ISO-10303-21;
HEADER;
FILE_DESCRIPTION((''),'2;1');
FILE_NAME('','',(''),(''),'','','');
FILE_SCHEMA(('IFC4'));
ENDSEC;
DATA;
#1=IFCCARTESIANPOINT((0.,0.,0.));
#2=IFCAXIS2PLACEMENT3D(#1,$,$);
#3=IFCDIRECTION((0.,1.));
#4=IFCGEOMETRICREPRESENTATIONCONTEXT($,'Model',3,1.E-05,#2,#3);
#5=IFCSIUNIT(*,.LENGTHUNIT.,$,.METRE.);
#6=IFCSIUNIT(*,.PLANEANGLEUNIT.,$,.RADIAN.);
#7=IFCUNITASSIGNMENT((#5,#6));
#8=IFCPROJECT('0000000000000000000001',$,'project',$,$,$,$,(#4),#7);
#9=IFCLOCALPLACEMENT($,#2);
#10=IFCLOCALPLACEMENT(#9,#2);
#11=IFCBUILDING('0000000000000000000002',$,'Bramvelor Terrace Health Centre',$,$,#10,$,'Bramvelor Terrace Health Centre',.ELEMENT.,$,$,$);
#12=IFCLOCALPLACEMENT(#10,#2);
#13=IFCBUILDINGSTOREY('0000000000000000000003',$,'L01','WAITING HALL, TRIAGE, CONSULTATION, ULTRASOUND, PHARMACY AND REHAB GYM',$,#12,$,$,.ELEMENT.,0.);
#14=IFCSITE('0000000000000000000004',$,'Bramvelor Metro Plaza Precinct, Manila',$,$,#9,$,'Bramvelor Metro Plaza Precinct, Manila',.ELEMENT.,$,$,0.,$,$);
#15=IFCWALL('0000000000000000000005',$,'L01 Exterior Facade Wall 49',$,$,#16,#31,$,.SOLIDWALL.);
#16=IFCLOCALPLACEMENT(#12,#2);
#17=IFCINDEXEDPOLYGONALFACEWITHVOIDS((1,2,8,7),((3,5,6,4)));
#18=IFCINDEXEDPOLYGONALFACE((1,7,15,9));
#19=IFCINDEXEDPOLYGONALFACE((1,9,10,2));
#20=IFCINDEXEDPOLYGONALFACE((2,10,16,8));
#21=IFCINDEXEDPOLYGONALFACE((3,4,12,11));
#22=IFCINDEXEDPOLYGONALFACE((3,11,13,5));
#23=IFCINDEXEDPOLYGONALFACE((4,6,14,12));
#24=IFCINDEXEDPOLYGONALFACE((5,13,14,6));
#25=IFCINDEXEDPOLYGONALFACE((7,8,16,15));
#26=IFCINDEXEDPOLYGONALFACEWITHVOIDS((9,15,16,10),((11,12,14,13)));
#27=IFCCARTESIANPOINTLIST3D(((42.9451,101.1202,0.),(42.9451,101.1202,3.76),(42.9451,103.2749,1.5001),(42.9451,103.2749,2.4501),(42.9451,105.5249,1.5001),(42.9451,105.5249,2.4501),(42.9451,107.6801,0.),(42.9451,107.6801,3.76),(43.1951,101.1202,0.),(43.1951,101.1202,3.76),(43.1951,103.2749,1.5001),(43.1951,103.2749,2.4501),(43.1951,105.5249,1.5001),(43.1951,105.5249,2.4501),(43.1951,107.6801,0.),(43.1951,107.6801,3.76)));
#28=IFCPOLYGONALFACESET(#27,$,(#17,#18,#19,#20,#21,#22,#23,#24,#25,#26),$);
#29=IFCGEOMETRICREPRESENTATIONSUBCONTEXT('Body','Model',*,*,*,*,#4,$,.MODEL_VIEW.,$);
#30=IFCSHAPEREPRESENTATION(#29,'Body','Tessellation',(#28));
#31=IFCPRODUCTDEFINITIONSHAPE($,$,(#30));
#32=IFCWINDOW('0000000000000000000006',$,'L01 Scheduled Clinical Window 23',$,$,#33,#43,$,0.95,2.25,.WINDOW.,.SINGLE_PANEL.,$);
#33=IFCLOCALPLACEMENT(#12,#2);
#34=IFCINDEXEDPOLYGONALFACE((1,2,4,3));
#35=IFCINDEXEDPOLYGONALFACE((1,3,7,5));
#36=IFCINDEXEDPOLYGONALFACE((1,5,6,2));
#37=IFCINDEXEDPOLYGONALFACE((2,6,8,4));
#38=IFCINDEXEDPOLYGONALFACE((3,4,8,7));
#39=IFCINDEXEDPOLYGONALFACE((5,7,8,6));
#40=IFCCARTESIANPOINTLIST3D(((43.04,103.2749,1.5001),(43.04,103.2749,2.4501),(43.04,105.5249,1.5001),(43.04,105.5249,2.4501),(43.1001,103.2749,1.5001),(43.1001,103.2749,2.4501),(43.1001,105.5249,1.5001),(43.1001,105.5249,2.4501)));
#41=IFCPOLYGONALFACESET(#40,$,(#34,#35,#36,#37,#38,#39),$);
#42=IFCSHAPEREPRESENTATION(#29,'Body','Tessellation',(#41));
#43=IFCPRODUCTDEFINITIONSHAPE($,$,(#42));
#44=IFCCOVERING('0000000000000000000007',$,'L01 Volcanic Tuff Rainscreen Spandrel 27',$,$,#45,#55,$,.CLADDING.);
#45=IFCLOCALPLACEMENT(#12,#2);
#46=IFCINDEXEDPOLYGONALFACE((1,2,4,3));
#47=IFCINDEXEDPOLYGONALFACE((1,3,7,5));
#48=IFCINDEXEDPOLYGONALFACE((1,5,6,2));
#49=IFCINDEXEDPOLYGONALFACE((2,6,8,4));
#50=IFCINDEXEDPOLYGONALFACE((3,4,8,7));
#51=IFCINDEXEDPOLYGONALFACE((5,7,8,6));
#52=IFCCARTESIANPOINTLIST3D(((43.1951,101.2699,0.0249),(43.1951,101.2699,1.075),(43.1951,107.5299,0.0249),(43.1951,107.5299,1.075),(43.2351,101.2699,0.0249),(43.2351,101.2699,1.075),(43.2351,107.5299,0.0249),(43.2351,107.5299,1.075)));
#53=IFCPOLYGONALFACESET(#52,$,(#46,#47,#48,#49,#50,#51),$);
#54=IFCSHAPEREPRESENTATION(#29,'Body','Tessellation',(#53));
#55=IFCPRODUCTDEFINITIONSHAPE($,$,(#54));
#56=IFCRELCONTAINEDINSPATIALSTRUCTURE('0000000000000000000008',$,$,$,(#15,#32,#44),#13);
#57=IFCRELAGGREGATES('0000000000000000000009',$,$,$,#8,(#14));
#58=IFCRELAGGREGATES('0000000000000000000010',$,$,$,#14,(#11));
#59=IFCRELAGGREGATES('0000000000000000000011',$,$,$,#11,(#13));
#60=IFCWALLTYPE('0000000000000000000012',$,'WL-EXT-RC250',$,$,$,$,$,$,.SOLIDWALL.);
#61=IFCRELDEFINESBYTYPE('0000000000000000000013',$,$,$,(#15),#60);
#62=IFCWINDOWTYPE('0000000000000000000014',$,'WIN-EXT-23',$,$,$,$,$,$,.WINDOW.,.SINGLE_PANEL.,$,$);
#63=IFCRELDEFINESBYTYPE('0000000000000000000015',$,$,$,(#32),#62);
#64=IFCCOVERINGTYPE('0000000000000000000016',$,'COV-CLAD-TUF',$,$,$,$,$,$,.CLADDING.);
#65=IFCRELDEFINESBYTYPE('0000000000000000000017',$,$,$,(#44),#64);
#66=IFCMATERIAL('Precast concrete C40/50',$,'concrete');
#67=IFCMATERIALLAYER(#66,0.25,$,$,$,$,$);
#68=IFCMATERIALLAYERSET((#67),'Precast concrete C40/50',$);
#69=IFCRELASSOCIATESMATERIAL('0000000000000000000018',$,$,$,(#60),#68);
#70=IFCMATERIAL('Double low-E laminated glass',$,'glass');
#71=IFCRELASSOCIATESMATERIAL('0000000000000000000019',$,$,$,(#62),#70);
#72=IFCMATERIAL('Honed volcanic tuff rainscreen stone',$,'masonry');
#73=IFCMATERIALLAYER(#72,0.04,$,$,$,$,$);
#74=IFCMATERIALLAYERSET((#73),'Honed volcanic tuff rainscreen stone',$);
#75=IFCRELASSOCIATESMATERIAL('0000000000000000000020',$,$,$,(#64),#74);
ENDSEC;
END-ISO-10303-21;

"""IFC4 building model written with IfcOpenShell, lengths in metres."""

from ifc_helpers import new_model, si_unit, direction, frame, frame_2d, origin, origin_2d, place, context, subcontext, project, spatial, rectangle, extrude, material, layer, layer_set, type_object, element, fill, save


model = new_model("IFC4")

# Units and contexts
model_context = context("Model", 3, precision=1e-05, world=origin(), true_north=direction((0.0, 1.0)))
body_context = subcontext(model_context, "Body", "Model", "MODEL_VIEW")
ifc_project = project(units=[si_unit("LENGTHUNIT", "METRE"), si_unit("PLANEANGLEUNIT", "RADIAN")], contexts=[model_context])

# Site, building, storey
site_placement = place(None, origin())
site = spatial("IfcSite", under=ifc_project, at=site_placement, Name="Bramvelor Metro Plaza Precinct, Manila", LongName="Bramvelor Metro Plaza Precinct, Manila", CompositionType="ELEMENT", RefElevation=0.0)
building_placement = place(site_placement, origin())
building = spatial("IfcBuilding", under=site, at=building_placement, Name="Bramvelor Terrace Health Centre", LongName="Bramvelor Terrace Health Centre", CompositionType="ELEMENT")
storey_placement = place(building_placement, origin())
storey = spatial("IfcBuildingStorey", under=building, at=storey_placement, Name="L01", Description="WAITING HALL, TRIAGE, CONSULTATION, ULTRASOUND, PHARMACY AND REHAB GYM", CompositionType="ELEMENT", Elevation=0.0)

# Wall, opening, window
ifc_material_1 = material(Name="Precast concrete C40/50", Category="concrete")
ifc_layer_1 = layer(ifc_material_1, 0.25)
ifc_layer_set_1 = layer_set([ifc_layer_1], Name="Precast concrete C40/50")
wall_type_1 = type_object("IfcWallType", Name="WL-EXT-RC250", PredefinedType="SOLIDWALL", material=ifc_layer_set_1)
wall_1_placement = place(storey_placement, frame((43.0701, 107.6799, 0.0), z_axis=(0.0, 0.0, 1.0), x_axis=(0.0, -1.0, 0.0)))
wall_1 = element("IfcWall", 1, at=wall_1_placement, inside=storey, type_object=wall_type_1, Name="L01 Exterior Facade Wall 49", PredefinedType="SOLIDWALL", context=body_context, shape_type="SweptSolid", body=[
    extrude(rectangle(XDim=6.5598, YDim=0.25, at=frame_2d((3.2798, 0.0))), origin(), (0.0, 0.0, 1.0), 3.76),
])
opening_1_placement = place(wall_1_placement, frame((2.155, 0.0, 1.5)))
opening_1 = element("IfcOpeningElement", 2, at=opening_1_placement, cuts=wall_1, PredefinedType="OPENING", context=body_context, shape_type="SweptSolid", body=[
    extrude(rectangle(XDim=2.25, YDim=0.95, at=frame_2d((1.125, 0.4751))), frame((0.0, 0.135, 0.0), z_axis=(0.0, -1.0, 0.0), x_axis=(1.0, 0.0, 0.0)), (0.0, 0.0, 1.0), 0.27),
])
ifc_material_2 = material(Name="Double low-E laminated glass", Category="glass")
window_type = type_object("IfcWindowType", Name="WIN-EXT-23", PartitioningType="SINGLE_PANEL", PredefinedType="WINDOW", material=ifc_material_2)
window_placement = place(opening_1_placement, origin())
window = element("IfcWindow", 3, at=window_placement, inside=storey, type_object=window_type, Name="L01 Scheduled Clinical Window 23", OverallHeight=0.95, OverallWidth=2.25, PartitioningType="SINGLE_PANEL", PredefinedType="WINDOW", context=body_context, shape_type="SweptSolid", body=[
    extrude(rectangle(XDim=2.25, YDim=0.95, at=frame_2d((1.125, 0.4751))), frame((0.0, 0.03, 0.0), z_axis=(0.0, -1.0, 0.0), x_axis=(1.0, 0.0, 0.0)), (0.0, 0.0, 1.0), 0.0601),
])
fill(opening_1, window)

# Covering
ifc_material_3 = material(Name="Honed volcanic tuff rainscreen stone", Category="masonry")
ifc_layer_2 = layer(ifc_material_3, 0.04)
ifc_layer_set_2 = layer_set([ifc_layer_2], Name="Honed volcanic tuff rainscreen stone")
covering_type = type_object("IfcCoveringType", Name="COV-CLAD-TUF", PredefinedType="CLADDING", material=ifc_layer_set_2)
covering_placement = place(storey_placement, frame((43.2151, 104.3999, 0.0249), z_axis=(0.0, 0.0, 1.0), x_axis=(1.0, 0.0, 0.0)))
element("IfcCovering", 4, at=covering_placement, inside=storey, type_object=covering_type, Name="L01 Volcanic Tuff Rainscreen Spandrel 27", PredefinedType="CLADDING", context=body_context, shape_type="SweptSolid", body=[
    extrude(rectangle(XDim=0.04, YDim=6.26, at=origin_2d()), origin(), (0.0, 0.0, 1.0), 1.05),
])

save(model, "model.ifc")
